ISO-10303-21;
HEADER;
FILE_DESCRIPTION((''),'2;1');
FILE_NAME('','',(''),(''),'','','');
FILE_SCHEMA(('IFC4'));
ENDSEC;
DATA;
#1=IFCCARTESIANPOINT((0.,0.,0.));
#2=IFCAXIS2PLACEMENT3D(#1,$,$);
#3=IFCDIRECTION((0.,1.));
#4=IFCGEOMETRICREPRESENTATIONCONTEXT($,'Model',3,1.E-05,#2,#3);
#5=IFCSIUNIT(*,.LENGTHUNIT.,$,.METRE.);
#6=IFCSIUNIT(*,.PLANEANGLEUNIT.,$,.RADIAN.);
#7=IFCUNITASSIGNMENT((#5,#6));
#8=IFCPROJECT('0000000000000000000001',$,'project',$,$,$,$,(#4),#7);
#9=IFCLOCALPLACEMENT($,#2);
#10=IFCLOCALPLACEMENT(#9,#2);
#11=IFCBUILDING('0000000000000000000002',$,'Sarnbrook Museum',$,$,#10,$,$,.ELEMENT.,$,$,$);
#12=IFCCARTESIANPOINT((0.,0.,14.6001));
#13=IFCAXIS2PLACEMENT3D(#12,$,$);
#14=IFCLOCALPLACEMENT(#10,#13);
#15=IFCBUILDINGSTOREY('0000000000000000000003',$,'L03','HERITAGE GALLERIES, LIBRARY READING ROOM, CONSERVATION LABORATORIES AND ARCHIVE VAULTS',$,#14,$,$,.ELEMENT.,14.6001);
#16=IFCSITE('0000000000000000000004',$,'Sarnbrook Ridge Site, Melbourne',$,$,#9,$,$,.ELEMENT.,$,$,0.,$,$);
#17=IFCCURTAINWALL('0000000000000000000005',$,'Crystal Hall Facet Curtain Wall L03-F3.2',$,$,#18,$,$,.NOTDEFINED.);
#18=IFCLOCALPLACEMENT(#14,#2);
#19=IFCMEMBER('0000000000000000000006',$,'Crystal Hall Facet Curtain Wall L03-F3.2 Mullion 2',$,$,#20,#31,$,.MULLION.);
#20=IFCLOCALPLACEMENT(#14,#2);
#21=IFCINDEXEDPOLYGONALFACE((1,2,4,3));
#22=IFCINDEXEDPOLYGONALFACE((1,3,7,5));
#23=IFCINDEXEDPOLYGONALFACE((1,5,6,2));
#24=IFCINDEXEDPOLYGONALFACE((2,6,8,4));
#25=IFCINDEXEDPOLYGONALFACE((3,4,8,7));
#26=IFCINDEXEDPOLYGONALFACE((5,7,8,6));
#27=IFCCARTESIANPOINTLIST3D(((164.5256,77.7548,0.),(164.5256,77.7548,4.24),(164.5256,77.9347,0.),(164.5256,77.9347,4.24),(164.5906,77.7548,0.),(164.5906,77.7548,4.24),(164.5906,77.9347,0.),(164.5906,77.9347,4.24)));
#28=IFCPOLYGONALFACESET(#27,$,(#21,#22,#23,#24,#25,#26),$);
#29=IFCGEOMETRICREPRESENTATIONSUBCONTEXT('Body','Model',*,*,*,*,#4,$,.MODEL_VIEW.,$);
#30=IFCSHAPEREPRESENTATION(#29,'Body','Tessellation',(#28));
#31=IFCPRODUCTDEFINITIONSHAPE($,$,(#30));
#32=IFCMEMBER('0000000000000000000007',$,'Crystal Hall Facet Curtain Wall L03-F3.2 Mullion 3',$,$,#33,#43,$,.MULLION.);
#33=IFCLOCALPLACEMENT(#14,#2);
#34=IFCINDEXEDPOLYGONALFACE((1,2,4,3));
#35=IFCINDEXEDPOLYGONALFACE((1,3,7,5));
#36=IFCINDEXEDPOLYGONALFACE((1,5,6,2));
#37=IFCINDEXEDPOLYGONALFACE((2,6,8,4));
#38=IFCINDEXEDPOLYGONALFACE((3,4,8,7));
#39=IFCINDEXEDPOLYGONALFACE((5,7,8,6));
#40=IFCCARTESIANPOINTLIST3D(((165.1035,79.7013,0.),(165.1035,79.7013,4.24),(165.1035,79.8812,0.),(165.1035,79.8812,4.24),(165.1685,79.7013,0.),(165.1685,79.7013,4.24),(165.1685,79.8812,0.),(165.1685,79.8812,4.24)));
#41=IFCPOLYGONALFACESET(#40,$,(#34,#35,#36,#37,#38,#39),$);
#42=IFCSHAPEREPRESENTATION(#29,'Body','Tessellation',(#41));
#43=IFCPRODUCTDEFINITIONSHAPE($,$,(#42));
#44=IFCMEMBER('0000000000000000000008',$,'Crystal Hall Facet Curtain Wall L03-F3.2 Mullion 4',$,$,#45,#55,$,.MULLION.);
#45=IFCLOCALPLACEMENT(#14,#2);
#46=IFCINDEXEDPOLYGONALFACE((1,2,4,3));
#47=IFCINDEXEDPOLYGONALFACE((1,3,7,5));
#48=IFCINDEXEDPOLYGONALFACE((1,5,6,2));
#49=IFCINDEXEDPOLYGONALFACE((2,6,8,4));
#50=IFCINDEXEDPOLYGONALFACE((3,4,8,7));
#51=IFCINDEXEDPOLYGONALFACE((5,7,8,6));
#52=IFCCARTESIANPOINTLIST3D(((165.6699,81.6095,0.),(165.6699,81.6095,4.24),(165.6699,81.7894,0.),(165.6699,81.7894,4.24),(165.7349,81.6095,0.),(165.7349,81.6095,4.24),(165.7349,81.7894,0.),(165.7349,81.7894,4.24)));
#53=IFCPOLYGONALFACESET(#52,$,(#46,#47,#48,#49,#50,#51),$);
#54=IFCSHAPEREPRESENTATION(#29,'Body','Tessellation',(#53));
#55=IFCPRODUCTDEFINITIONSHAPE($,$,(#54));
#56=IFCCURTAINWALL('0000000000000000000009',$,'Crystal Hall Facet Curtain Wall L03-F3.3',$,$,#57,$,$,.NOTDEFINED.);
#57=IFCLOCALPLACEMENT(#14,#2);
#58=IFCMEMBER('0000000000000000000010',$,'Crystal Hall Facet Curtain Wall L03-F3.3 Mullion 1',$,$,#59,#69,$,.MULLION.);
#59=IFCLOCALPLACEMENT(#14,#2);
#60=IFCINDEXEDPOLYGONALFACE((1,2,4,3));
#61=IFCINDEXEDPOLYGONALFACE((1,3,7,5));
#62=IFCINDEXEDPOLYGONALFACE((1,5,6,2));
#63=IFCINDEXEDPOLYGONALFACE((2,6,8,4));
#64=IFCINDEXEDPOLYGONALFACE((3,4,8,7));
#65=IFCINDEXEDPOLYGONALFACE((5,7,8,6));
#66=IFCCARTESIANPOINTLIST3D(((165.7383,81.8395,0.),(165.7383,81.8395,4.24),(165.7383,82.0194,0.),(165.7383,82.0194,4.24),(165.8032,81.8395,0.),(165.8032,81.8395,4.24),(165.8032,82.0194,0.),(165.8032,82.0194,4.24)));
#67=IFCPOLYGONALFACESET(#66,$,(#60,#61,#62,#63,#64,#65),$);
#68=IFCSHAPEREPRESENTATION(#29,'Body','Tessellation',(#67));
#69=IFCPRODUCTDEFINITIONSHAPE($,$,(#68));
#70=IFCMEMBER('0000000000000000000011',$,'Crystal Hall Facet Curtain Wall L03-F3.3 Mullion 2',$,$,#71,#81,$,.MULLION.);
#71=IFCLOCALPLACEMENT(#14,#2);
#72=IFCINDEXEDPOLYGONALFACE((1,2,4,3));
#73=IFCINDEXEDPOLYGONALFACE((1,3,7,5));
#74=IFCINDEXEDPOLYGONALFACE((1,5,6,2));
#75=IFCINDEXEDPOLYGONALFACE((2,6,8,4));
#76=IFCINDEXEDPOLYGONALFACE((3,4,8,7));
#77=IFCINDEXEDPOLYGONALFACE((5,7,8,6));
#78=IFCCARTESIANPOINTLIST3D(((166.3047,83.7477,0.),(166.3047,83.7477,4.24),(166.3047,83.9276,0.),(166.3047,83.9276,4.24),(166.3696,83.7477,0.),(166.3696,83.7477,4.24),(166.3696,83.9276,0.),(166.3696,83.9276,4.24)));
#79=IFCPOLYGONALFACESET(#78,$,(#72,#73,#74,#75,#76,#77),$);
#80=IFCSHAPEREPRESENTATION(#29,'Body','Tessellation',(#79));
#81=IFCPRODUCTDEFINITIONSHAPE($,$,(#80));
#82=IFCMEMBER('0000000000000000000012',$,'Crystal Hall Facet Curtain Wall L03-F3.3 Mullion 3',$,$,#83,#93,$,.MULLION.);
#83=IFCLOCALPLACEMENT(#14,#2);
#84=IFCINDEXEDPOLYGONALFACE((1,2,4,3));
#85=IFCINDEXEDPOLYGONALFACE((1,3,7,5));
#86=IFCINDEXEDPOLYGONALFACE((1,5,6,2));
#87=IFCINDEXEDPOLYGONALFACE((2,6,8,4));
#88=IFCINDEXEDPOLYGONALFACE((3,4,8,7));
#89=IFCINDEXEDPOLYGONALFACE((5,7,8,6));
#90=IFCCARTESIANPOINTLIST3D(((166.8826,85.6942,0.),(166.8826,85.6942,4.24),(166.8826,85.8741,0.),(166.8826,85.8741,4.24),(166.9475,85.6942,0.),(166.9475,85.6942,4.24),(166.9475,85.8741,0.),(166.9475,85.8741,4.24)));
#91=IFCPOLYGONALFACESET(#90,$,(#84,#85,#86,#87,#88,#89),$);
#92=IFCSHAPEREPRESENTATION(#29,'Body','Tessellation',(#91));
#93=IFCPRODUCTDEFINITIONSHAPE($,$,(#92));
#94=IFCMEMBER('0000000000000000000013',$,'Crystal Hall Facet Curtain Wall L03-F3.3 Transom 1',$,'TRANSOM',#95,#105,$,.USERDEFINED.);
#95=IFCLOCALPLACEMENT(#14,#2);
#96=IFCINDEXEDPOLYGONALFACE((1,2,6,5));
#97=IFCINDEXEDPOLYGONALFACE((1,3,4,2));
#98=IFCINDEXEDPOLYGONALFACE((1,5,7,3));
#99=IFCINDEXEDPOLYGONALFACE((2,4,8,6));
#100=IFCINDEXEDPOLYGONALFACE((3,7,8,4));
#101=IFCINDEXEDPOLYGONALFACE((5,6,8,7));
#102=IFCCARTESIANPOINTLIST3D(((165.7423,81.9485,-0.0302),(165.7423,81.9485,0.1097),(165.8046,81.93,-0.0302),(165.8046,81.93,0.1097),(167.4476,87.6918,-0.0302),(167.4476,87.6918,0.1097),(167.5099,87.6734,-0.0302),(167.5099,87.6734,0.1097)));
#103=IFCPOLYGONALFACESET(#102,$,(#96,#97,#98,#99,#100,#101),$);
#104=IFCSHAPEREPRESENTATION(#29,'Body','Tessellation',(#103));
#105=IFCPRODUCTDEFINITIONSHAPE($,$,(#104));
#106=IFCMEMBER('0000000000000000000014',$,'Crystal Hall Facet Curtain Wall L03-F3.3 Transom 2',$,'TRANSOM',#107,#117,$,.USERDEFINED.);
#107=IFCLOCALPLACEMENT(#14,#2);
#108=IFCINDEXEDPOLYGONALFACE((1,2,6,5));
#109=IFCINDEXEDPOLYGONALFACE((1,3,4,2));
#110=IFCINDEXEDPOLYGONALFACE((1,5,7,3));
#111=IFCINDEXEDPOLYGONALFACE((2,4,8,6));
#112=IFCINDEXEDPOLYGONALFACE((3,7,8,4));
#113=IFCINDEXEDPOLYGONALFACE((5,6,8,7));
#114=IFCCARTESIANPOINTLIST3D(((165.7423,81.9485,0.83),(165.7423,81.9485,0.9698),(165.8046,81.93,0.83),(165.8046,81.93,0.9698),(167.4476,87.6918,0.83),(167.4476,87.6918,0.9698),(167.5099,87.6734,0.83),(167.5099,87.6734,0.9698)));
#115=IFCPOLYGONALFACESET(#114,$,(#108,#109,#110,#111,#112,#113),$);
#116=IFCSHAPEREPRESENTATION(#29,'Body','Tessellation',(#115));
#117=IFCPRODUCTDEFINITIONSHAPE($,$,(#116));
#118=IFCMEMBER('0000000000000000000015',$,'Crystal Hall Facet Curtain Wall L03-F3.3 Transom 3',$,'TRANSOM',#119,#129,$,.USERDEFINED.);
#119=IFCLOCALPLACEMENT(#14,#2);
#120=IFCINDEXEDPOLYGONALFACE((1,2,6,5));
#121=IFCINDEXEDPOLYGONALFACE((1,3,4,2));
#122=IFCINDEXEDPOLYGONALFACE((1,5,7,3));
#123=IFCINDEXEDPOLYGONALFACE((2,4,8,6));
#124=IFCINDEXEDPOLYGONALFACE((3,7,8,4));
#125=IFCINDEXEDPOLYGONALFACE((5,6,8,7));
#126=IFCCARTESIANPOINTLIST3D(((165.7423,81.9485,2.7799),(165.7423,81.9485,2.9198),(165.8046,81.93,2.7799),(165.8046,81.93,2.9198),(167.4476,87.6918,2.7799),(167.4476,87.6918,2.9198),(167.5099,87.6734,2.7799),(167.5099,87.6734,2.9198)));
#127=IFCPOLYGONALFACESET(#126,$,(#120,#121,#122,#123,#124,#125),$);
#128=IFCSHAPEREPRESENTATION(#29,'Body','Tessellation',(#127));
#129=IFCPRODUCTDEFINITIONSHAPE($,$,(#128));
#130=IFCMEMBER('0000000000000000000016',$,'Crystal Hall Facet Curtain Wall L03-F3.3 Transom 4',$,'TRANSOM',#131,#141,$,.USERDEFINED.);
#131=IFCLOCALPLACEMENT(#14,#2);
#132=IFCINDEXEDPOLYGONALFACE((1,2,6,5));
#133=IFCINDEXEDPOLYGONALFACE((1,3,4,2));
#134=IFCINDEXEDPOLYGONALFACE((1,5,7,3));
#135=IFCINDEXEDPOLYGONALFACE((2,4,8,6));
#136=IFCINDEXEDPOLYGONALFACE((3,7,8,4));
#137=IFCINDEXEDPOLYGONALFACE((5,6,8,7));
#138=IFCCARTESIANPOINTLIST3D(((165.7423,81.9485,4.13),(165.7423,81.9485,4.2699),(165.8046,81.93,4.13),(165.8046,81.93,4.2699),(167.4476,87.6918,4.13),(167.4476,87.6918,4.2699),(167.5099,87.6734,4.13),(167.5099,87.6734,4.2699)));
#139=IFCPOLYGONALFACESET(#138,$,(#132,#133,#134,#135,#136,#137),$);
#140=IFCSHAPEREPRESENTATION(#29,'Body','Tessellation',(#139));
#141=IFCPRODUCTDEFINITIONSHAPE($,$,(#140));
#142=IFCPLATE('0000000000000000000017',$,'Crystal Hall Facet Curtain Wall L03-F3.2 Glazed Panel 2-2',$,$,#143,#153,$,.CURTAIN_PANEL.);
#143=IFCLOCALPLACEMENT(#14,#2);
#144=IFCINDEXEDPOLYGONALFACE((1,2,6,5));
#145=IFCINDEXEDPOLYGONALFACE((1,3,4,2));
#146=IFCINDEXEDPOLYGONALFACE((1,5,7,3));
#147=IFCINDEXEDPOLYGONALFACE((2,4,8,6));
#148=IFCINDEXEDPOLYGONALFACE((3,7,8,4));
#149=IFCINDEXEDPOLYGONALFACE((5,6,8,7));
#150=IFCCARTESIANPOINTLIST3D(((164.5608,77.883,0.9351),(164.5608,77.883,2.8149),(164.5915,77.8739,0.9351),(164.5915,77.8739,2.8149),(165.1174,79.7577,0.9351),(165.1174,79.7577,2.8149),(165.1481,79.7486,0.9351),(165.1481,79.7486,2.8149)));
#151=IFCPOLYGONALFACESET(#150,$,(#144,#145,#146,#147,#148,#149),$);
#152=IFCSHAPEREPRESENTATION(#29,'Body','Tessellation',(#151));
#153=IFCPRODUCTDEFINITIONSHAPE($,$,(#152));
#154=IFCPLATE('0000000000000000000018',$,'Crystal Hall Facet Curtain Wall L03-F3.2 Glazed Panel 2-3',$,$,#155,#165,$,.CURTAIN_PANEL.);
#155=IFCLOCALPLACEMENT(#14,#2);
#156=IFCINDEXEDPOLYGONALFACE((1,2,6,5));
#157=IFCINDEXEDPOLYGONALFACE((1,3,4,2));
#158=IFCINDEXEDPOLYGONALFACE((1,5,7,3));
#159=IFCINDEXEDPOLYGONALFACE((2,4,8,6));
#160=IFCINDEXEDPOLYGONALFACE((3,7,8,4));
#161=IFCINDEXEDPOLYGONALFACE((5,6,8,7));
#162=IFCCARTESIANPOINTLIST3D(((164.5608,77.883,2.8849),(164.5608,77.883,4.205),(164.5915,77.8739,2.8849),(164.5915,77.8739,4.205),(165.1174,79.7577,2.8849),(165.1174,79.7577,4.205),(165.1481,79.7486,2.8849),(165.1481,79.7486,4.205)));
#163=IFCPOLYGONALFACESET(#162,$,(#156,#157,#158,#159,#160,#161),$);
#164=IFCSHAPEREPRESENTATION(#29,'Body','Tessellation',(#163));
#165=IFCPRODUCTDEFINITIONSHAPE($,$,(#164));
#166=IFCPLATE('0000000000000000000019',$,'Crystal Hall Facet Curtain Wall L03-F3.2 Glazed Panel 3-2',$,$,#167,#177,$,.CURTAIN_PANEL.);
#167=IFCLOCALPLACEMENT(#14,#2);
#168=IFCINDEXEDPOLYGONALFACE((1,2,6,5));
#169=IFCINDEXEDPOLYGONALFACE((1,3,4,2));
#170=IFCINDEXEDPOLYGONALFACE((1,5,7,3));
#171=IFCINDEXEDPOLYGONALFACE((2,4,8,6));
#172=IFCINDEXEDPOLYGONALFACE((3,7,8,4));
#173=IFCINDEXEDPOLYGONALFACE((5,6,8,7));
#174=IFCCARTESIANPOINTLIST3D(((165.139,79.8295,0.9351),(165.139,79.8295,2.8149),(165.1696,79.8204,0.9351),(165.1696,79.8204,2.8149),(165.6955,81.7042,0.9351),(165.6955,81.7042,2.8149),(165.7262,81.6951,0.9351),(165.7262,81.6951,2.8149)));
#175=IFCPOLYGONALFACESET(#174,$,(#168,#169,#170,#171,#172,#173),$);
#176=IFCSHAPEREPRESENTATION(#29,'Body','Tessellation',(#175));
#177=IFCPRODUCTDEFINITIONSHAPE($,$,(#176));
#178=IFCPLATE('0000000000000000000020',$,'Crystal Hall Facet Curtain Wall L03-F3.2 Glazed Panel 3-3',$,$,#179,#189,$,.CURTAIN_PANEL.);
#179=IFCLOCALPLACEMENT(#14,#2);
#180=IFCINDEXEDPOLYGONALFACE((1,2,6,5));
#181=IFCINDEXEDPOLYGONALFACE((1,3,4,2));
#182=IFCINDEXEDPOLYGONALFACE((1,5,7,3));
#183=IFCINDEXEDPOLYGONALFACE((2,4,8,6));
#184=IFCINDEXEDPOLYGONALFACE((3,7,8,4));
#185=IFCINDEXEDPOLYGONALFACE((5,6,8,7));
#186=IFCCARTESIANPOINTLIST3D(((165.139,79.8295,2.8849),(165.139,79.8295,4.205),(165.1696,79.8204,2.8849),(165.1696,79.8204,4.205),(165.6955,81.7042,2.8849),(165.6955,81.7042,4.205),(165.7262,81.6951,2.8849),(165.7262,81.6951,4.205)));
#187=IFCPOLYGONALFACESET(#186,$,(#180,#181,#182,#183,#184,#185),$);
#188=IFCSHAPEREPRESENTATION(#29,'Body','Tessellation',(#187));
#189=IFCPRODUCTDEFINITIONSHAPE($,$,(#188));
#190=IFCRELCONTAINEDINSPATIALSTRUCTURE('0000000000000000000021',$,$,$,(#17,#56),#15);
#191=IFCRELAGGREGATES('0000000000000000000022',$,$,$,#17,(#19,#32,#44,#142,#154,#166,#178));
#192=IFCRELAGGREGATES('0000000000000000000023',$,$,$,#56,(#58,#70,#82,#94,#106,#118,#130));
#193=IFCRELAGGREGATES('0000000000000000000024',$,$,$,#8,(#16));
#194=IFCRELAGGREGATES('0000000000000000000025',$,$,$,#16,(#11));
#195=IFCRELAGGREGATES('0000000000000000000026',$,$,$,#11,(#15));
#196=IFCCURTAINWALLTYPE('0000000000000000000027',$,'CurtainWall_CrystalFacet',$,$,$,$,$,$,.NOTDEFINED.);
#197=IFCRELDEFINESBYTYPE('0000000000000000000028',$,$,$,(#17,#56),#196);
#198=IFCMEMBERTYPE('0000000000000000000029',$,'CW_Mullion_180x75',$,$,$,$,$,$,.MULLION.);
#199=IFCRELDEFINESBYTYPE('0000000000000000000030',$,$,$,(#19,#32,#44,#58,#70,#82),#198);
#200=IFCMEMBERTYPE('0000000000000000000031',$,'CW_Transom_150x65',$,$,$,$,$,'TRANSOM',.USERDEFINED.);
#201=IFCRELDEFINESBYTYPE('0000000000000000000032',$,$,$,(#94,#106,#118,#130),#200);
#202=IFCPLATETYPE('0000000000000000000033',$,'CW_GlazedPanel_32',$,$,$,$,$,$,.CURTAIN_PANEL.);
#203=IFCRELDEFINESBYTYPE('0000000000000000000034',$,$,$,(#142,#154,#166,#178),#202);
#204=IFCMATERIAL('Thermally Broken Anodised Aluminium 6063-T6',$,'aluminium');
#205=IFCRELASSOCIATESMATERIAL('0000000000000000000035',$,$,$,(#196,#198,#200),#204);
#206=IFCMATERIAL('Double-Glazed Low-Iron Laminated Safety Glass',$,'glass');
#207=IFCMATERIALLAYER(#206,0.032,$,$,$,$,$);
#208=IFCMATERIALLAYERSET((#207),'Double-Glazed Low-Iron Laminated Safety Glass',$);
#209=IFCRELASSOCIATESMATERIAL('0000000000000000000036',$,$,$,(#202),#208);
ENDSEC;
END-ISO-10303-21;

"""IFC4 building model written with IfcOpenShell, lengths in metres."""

from ifc_helpers import new_model, si_unit, direction, frame, origin, origin_2d, place, context, subcontext, project, spatial, rectangle, extrude, material, layer, layer_set, material_profile, profile_set, type_object, element, aggregate, save


model = new_model("IFC4")

# Units and contexts
model_context = context("Model", 3, precision=1e-05, world=origin(), true_north=direction((0.0, 1.0)))
body_context = subcontext(model_context, "Body", "Model", "MODEL_VIEW")
ifc_project = project(units=[si_unit("LENGTHUNIT", "METRE"), si_unit("PLANEANGLEUNIT", "RADIAN")], contexts=[model_context])

# Site, building, storey
site_placement = place(None, origin())
site = spatial("IfcSite", under=ifc_project, at=site_placement, Name="Sarnbrook Ridge Site, Melbourne", CompositionType="ELEMENT", RefElevation=0.0)
building_placement = place(site_placement, origin())
building = spatial("IfcBuilding", under=site, at=building_placement, Name="Sarnbrook Museum", CompositionType="ELEMENT")
storey_placement = place(building_placement, frame((0.0, 0.0, 14.6001)))
storey = spatial("IfcBuildingStorey", under=building, at=storey_placement, Name="L03", Description="HERITAGE GALLERIES, LIBRARY READING ROOM, CONSERVATION LABORATORIES AND ARCHIVE VAULTS", CompositionType="ELEMENT", Elevation=14.6001)

# Curtain walls, members
ifc_material_1 = material(Name="Thermally Broken Anodised Aluminium 6063-T6", Category="aluminium")
curtain_wall_type = type_object("IfcCurtainWallType", Name="CurtainWall_CrystalFacet", PredefinedType="NOTDEFINED", material=ifc_material_1)
curtain_wall_1_placement = place(storey_placement, origin())
curtain_wall_1 = element("IfcCurtainWall", 1, at=curtain_wall_1_placement, inside=storey, type_object=curtain_wall_type, Name="Crystal Hall Facet Curtain Wall L03-F3.2", PredefinedType="NOTDEFINED")
ifc_material_profile_1 = material_profile(ifc_material_1, rectangle(XDim=0.0649, YDim=0.1799, at=origin_2d()), Name="ALU MULLION 65x180")
ifc_profile_set_1 = profile_set([ifc_material_profile_1], Name="Thermally Broken Anodised Aluminium 6063-T6")
member_type_1 = type_object("IfcMemberType", Name="CW_Mullion_180x75", PredefinedType="MULLION", material=ifc_profile_set_1)
member_1_placement = place(storey_placement, frame((164.5581, 77.8447, 0.0), z_axis=(0.0, 0.0, 1.0), x_axis=(1.0, 0.0, 0.0)))
member_1 = element("IfcMember", 2, at=member_1_placement, type_object=member_type_1, Name="Crystal Hall Facet Curtain Wall L03-F3.2 Mullion 2", PredefinedType="MULLION", context=body_context, shape_type="SweptSolid", body=[
    extrude(rectangle(XDim=0.0649, YDim=0.1799, at=origin_2d()), origin(), (0.0, 0.0, 1.0), 4.24),
])
member_2_placement = place(storey_placement, frame((165.136, 79.7913, 0.0), z_axis=(0.0, 0.0, 1.0), x_axis=(1.0, 0.0, 0.0)))
member_2 = element("IfcMember", 3, at=member_2_placement, type_object=member_type_1, Name="Crystal Hall Facet Curtain Wall L03-F3.2 Mullion 3", PredefinedType="MULLION", context=body_context, shape_type="SweptSolid", body=[
    extrude(rectangle(XDim=0.0649, YDim=0.1799, at=origin_2d()), origin(), (0.0, 0.0, 1.0), 4.24),
])
member_3_placement = place(storey_placement, frame((165.7024, 81.6995, 0.0), z_axis=(0.0, 0.0, 1.0), x_axis=(1.0, 0.0, 0.0)))
member_3 = element("IfcMember", 4, at=member_3_placement, type_object=member_type_1, Name="Crystal Hall Facet Curtain Wall L03-F3.2 Mullion 4", PredefinedType="MULLION", context=body_context, shape_type="SweptSolid", body=[
    extrude(rectangle(XDim=0.0649, YDim=0.1799, at=origin_2d()), origin(), (0.0, 0.0, 1.0), 4.24),
])
curtain_wall_2_placement = place(storey_placement, origin())
curtain_wall_2 = element("IfcCurtainWall", 5, at=curtain_wall_2_placement, inside=storey, type_object=curtain_wall_type, Name="Crystal Hall Facet Curtain Wall L03-F3.3", PredefinedType="NOTDEFINED")
member_4_placement = place(storey_placement, frame((165.7708, 81.9294, 0.0), z_axis=(0.0, 0.0, 1.0), x_axis=(1.0, 0.0, 0.0)))
member_4 = element("IfcMember", 6, at=member_4_placement, type_object=member_type_1, Name="Crystal Hall Facet Curtain Wall L03-F3.3 Mullion 1", PredefinedType="MULLION", context=body_context, shape_type="SweptSolid", body=[
    extrude(rectangle(XDim=0.0649, YDim=0.1799, at=origin_2d()), origin(), (0.0, 0.0, 1.0), 4.24),
])
member_5_placement = place(storey_placement, frame((166.3372, 83.8376, 0.0), z_axis=(0.0, 0.0, 1.0), x_axis=(1.0, 0.0, 0.0)))
member_5 = element("IfcMember", 7, at=member_5_placement, type_object=member_type_1, Name="Crystal Hall Facet Curtain Wall L03-F3.3 Mullion 2", PredefinedType="MULLION", context=body_context, shape_type="SweptSolid", body=[
    extrude(rectangle(XDim=0.0649, YDim=0.1799, at=origin_2d()), origin(), (0.0, 0.0, 1.0), 4.24),
])
member_6_placement = place(storey_placement, frame((166.915, 85.7842, 0.0), z_axis=(0.0, 0.0, 1.0), x_axis=(1.0, 0.0, 0.0)))
member_6 = element("IfcMember", 8, at=member_6_placement, type_object=member_type_1, Name="Crystal Hall Facet Curtain Wall L03-F3.3 Mullion 3", PredefinedType="MULLION", context=body_context, shape_type="SweptSolid", body=[
    extrude(rectangle(XDim=0.0649, YDim=0.1799, at=origin_2d()), origin(), (0.0, 0.0, 1.0), 4.24),
])
ifc_material_profile_2 = material_profile(ifc_material_1, rectangle(XDim=0.0649, YDim=0.1399, at=origin_2d()), Name="ALU TRANSOM 65x140")
ifc_profile_set_2 = profile_set([ifc_material_profile_2], Name="Thermally Broken Anodised Aluminium 6063-T6")
member_type_2 = type_object("IfcMemberType", Name="CW_Transom_150x65", ElementType="TRANSOM", PredefinedType="USERDEFINED", material=ifc_profile_set_2)
member_7_placement = place(storey_placement, frame((165.7734, 81.9392, 0.0398), z_axis=(0.284636, 0.958636, 0.0), x_axis=(-0.958636, 0.284636, 0.0)))
member_7 = element("IfcMember", 9, at=member_7_placement, type_object=member_type_2, Name="Crystal Hall Facet Curtain Wall L03-F3.3 Transom 1", ObjectType="TRANSOM", PredefinedType="USERDEFINED", context=body_context, shape_type="SweptSolid", body=[
    extrude(rectangle(XDim=0.0649, YDim=0.1399, at=origin_2d()), origin(), (0.0, 0.0, 1.0), 5.9912),
])
member_8_placement = place(storey_placement, frame((165.7734, 81.9392, 0.8999), z_axis=(0.284636, 0.958636, 0.0), x_axis=(-0.958636, 0.284636, 0.0)))
member_8 = element("IfcMember", 10, at=member_8_placement, type_object=member_type_2, Name="Crystal Hall Facet Curtain Wall L03-F3.3 Transom 2", ObjectType="TRANSOM", PredefinedType="USERDEFINED", context=body_context, shape_type="SweptSolid", body=[
    extrude(rectangle(XDim=0.0649, YDim=0.1399, at=origin_2d()), origin(), (0.0, 0.0, 1.0), 5.9912),
])
member_9_placement = place(storey_placement, frame((165.7734, 81.9392, 2.8499), z_axis=(0.284636, 0.958636, 0.0), x_axis=(-0.958636, 0.284636, 0.0)))
member_9 = element("IfcMember", 11, at=member_9_placement, type_object=member_type_2, Name="Crystal Hall Facet Curtain Wall L03-F3.3 Transom 3", ObjectType="TRANSOM", PredefinedType="USERDEFINED", context=body_context, shape_type="SweptSolid", body=[
    extrude(rectangle(XDim=0.0649, YDim=0.1399, at=origin_2d()), origin(), (0.0, 0.0, 1.0), 5.9912),
])
member_10_placement = place(storey_placement, frame((165.7734, 81.9392, 4.2), z_axis=(0.284636, 0.958636, 0.0), x_axis=(-0.958636, 0.284636, 0.0)))
member_10 = element("IfcMember", 12, at=member_10_placement, type_object=member_type_2, Name="Crystal Hall Facet Curtain Wall L03-F3.3 Transom 4", ObjectType="TRANSOM", PredefinedType="USERDEFINED", context=body_context, shape_type="SweptSolid", body=[
    extrude(rectangle(XDim=0.0649, YDim=0.1399, at=origin_2d()), origin(), (0.0, 0.0, 1.0), 5.9912),
])

# Plates
ifc_material_2 = material(Name="Double-Glazed Low-Iron Laminated Safety Glass", Category="glass")
ifc_layer_1 = layer(ifc_material_2, 0.032)
ifc_layer_set_1 = layer_set([ifc_layer_1], Name="Double-Glazed Low-Iron Laminated Safety Glass")
plate_type_1 = type_object("IfcPlateType", Name="CW_GlazedPanel_32", PredefinedType="CURTAIN_PANEL", material=ifc_layer_set_1)
plate_1_placement = place(storey_placement, frame((164.8391, 78.8203, 1.875), z_axis=(0.958645, -0.284603, 0.0), x_axis=(0.284603, 0.958645, 0.0)))
plate_1 = element("IfcPlate", 13, at=plate_1_placement, type_object=plate_type_1, Name="Crystal Hall Facet Curtain Wall L03-F3.2 Glazed Panel 2-2", PredefinedType="CURTAIN_PANEL", context=body_context, shape_type="SweptSolid", body=[
    extrude(rectangle(XDim=1.9556, YDim=1.8799, at=origin_2d()), origin(), (0.0, 0.0, 1.0), 0.032),
])
plate_2_placement = place(storey_placement, frame((164.8391, 78.8203, 3.5449), z_axis=(0.958645, -0.284603, 0.0), x_axis=(0.284603, 0.958645, 0.0)))
plate_2 = element("IfcPlate", 14, at=plate_2_placement, type_object=plate_type_1, Name="Crystal Hall Facet Curtain Wall L03-F3.2 Glazed Panel 2-3", PredefinedType="CURTAIN_PANEL", context=body_context, shape_type="SweptSolid", body=[
    extrude(rectangle(XDim=1.9556, YDim=1.3201, at=origin_2d()), origin(), (0.0, 0.0, 1.0), 0.032),
])
plate_3_placement = place(storey_placement, frame((165.4172, 80.7668, 1.875), z_axis=(0.958645, -0.284603, 0.0), x_axis=(0.284603, 0.958645, 0.0)))
plate_3 = element("IfcPlate", 15, at=plate_3_placement, type_object=plate_type_1, Name="Crystal Hall Facet Curtain Wall L03-F3.2 Glazed Panel 3-2", PredefinedType="CURTAIN_PANEL", context=body_context, shape_type="SweptSolid", body=[
    extrude(rectangle(XDim=1.9556, YDim=1.8799, at=origin_2d()), origin(), (0.0, 0.0, 1.0), 0.032),
])
plate_4_placement = place(storey_placement, frame((165.4172, 80.7668, 3.5449), z_axis=(0.958645, -0.284603, 0.0), x_axis=(0.284603, 0.958645, 0.0)))
plate_4 = element("IfcPlate", 16, at=plate_4_placement, type_object=plate_type_1, Name="Crystal Hall Facet Curtain Wall L03-F3.2 Glazed Panel 3-3", PredefinedType="CURTAIN_PANEL", context=body_context, shape_type="SweptSolid", body=[
    extrude(rectangle(XDim=1.9556, YDim=1.3201, at=origin_2d()), origin(), (0.0, 0.0, 1.0), 0.032),
])
aggregate(curtain_wall_1, [member_1, member_2, member_3, plate_1, plate_2, plate_3, plate_4])
aggregate(curtain_wall_2, [member_4, member_5, member_6, member_7, member_8, member_9, member_10])

save(model, "model.ifc")
